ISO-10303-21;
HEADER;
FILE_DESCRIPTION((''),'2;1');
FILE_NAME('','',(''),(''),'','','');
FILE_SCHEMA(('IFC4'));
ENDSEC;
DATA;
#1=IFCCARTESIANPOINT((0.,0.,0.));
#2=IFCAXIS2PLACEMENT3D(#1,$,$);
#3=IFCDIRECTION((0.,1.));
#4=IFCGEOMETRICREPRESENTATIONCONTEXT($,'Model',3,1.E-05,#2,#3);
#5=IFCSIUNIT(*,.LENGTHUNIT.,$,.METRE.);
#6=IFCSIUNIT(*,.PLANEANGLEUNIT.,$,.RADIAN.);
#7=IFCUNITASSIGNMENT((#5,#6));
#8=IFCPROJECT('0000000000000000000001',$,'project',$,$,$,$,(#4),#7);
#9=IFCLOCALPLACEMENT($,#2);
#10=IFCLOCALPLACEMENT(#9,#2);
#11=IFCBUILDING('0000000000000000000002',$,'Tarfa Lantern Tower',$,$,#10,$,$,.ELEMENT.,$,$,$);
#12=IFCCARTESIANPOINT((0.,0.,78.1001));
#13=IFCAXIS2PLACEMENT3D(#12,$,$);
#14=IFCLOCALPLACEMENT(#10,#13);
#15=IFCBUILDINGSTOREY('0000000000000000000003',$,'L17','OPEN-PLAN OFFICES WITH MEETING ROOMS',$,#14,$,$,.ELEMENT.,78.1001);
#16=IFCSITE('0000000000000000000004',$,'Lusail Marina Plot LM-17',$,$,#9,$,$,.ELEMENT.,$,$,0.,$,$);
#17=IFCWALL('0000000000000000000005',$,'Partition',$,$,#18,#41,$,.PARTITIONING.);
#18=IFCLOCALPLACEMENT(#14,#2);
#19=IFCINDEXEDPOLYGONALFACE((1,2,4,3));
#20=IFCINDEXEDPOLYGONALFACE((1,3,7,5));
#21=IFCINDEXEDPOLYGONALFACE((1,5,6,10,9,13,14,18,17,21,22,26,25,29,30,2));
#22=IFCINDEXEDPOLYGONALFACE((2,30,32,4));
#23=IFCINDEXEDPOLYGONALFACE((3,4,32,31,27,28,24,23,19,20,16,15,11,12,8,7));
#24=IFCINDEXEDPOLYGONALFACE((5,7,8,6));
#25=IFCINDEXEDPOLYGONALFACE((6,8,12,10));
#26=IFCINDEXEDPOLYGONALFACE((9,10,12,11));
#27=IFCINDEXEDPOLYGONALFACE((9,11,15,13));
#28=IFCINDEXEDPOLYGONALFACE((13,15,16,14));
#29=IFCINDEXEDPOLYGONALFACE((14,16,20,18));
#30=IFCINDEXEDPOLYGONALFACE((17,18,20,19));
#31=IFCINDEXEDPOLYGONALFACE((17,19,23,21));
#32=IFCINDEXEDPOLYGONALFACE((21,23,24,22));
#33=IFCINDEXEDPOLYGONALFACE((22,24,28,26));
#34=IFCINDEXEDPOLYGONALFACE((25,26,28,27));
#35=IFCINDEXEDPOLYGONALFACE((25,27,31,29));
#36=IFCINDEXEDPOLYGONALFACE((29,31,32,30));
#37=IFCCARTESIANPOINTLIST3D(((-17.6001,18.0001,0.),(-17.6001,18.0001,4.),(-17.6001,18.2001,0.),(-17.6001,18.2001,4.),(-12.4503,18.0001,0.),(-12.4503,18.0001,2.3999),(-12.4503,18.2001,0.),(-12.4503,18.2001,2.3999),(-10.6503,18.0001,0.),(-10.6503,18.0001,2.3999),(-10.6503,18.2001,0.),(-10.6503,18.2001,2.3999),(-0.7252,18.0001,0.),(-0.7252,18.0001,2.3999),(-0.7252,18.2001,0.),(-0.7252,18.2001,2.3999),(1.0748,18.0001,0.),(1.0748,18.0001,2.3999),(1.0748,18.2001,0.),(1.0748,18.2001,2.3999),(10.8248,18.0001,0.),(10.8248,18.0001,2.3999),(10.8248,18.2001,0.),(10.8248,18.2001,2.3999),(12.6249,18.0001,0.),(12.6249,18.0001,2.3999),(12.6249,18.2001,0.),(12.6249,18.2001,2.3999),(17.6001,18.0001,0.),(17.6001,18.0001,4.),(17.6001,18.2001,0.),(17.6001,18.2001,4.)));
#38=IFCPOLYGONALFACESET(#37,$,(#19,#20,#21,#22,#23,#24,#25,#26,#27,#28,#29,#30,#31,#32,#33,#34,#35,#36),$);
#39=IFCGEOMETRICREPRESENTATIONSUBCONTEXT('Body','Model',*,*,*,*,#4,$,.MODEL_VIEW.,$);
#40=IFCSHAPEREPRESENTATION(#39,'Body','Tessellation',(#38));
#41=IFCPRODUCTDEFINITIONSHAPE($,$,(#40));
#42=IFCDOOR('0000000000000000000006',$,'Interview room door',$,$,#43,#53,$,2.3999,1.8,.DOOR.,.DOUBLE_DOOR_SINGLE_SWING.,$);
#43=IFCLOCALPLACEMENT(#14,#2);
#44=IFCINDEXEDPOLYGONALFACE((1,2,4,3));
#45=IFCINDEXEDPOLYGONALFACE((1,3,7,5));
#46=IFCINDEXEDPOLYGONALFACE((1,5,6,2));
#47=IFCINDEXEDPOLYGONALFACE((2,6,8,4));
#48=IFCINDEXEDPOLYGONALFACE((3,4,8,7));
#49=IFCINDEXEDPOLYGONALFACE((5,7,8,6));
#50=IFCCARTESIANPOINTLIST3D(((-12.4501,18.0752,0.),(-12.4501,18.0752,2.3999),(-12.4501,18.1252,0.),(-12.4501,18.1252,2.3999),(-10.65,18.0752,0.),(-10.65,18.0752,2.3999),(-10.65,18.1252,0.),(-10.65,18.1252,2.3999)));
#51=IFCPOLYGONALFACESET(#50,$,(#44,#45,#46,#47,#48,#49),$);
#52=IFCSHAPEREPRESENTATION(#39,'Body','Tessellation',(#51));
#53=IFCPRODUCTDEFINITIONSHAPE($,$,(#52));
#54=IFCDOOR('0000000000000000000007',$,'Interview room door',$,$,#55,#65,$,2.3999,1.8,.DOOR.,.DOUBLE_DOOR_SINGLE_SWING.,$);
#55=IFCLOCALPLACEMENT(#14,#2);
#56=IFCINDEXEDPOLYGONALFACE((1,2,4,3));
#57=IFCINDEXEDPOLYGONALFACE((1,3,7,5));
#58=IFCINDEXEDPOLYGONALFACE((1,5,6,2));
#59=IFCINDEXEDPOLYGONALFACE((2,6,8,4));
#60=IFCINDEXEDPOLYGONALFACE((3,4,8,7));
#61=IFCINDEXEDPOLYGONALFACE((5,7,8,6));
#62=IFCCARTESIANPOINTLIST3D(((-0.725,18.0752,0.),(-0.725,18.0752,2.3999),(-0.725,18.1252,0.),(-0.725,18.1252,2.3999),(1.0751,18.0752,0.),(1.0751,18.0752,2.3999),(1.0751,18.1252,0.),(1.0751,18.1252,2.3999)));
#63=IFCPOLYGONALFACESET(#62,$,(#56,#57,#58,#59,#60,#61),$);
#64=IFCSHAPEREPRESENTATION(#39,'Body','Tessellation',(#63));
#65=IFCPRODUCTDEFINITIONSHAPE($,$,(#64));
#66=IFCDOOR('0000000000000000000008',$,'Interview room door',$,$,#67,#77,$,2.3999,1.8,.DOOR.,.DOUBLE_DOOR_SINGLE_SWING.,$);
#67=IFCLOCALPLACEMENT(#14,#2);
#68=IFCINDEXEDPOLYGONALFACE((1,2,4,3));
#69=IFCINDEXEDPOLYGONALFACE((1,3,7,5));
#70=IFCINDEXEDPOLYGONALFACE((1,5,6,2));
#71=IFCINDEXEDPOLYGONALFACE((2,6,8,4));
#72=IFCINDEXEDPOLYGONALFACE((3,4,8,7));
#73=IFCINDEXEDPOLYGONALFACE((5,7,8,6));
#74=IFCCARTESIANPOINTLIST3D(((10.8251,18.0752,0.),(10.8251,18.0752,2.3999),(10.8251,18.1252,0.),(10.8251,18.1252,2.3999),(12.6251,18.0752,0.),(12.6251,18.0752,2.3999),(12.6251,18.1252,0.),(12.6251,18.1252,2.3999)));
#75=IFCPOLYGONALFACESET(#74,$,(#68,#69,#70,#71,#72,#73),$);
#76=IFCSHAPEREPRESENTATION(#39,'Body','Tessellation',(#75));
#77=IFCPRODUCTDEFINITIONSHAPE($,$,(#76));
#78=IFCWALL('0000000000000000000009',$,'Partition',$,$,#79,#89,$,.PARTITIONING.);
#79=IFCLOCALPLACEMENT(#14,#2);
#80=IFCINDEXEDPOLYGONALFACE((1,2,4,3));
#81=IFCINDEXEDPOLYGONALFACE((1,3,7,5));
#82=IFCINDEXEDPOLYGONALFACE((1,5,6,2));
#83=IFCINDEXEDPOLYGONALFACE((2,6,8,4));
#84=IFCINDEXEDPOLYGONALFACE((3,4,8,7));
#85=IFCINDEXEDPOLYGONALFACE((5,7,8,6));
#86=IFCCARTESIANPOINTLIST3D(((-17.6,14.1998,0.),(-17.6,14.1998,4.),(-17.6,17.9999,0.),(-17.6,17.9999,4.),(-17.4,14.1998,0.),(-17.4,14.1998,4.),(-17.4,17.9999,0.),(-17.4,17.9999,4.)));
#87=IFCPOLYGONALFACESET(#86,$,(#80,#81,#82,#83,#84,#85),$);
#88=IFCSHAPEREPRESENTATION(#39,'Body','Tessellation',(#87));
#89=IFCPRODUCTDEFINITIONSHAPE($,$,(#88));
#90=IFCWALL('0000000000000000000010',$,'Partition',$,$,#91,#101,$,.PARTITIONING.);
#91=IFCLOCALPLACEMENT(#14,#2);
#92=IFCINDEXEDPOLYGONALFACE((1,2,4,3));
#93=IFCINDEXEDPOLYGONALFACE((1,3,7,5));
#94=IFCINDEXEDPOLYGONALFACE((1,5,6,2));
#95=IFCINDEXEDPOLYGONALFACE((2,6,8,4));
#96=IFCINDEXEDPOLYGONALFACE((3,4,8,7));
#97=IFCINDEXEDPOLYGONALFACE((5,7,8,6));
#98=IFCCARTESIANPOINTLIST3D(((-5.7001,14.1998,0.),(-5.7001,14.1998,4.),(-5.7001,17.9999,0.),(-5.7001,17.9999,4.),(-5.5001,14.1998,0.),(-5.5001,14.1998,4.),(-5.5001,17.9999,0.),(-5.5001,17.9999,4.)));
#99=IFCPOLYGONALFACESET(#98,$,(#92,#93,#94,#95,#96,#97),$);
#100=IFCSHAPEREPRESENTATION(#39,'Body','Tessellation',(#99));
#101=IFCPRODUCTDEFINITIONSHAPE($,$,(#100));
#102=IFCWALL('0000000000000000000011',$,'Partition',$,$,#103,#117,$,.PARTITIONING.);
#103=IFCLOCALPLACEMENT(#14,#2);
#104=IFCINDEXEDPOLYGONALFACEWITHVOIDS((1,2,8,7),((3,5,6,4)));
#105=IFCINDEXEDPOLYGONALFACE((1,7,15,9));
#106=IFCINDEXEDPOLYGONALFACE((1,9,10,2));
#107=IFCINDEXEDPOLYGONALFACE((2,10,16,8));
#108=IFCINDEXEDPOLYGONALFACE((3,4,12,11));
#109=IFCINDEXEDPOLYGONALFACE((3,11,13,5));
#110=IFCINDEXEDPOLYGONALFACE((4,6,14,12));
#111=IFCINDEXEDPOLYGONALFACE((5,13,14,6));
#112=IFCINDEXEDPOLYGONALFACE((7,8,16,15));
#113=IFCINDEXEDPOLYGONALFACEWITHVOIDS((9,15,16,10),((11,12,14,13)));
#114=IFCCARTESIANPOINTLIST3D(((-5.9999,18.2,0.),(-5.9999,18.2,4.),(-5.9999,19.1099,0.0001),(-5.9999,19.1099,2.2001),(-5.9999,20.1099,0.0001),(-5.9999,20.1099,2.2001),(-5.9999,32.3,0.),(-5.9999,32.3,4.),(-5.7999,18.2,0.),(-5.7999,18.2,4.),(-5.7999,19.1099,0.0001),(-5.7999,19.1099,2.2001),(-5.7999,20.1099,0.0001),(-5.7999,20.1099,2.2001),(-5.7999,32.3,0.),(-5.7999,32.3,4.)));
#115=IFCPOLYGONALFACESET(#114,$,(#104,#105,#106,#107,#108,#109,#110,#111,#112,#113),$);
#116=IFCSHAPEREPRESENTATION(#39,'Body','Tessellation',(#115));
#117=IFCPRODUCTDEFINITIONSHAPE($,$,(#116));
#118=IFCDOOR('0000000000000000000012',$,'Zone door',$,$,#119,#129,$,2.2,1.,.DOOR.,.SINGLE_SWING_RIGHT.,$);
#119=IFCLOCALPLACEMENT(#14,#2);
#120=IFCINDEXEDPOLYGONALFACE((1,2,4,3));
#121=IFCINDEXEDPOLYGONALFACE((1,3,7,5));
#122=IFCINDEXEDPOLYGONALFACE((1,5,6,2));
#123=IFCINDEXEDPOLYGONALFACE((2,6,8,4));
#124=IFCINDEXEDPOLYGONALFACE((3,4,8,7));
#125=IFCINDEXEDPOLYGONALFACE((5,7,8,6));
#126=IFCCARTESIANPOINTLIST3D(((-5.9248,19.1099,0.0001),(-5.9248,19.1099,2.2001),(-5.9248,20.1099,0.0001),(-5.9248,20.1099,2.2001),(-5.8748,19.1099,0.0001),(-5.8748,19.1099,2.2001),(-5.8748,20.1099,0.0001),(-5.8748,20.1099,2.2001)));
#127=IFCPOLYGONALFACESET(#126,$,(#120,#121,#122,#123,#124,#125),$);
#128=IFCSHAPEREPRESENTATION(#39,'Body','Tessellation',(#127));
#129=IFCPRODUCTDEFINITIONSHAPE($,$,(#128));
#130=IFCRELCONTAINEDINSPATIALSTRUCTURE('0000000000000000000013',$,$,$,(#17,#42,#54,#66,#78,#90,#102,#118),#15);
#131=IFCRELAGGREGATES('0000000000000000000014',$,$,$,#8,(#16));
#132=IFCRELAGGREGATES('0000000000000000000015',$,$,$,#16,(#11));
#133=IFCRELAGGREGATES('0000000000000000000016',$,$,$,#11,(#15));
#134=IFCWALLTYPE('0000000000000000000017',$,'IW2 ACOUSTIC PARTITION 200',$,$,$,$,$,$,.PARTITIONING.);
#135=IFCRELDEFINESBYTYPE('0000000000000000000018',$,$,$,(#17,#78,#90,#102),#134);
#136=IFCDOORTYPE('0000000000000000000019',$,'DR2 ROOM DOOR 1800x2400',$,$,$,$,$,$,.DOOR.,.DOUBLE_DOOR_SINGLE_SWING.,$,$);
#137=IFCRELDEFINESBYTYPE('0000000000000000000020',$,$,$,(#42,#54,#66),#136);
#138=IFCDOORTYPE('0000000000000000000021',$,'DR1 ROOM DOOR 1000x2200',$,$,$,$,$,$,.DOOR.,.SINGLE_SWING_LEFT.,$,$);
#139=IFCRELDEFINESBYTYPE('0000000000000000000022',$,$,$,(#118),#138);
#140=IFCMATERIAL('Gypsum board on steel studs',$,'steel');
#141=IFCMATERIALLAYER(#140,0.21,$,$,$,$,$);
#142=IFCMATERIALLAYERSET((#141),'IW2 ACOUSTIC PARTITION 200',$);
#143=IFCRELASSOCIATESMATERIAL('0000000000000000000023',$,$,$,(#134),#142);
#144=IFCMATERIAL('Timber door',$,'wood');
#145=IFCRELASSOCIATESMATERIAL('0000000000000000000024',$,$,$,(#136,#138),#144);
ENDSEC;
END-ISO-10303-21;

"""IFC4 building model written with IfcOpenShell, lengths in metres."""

from ifc_helpers import new_model, si_unit, direction, frame, frame_2d, origin, place, context, subcontext, project, spatial, rectangle, extrude, material, layer, layer_set, type_object, element, fill, save


model = new_model("IFC4")

# Units and contexts
model_context = context("Model", 3, precision=1e-05, world=origin(), true_north=direction((0.0, 1.0)))
body_context = subcontext(model_context, "Body", "Model", "MODEL_VIEW")
ifc_project = project(units=[si_unit("LENGTHUNIT", "METRE"), si_unit("PLANEANGLEUNIT", "RADIAN")], contexts=[model_context])

# Site, building, storey
site_placement = place(None, origin())
site = spatial("IfcSite", under=ifc_project, at=site_placement, Name="Lusail Marina Plot LM-17", CompositionType="ELEMENT", RefElevation=0.0)
building_placement = place(site_placement, origin())
building = spatial("IfcBuilding", under=site, at=building_placement, Name="Tarfa Lantern Tower", CompositionType="ELEMENT")
storey_placement = place(building_placement, frame((0.0, 0.0, 78.1001)))
storey = spatial("IfcBuildingStorey", under=building, at=storey_placement, Name="L17", Description="OPEN-PLAN OFFICES WITH MEETING ROOMS", CompositionType="ELEMENT", Elevation=78.1001)

# Wall, openings, doors
ifc_material_1 = material(Name="Gypsum board on steel studs", Category="steel")
ifc_layer_1 = layer(ifc_material_1, 0.21)
ifc_layer_set_1 = layer_set([ifc_layer_1], Name="IW2 ACOUSTIC PARTITION 200")
wall_type = type_object("IfcWallType", Name="IW2 ACOUSTIC PARTITION 200", PredefinedType="PARTITIONING", material=ifc_layer_set_1)
wall_1_placement = place(storey_placement, frame((-17.6001, 18.1001, 0.0), z_axis=(0.0, 0.0, 1.0), x_axis=(1.0, 0.0, 0.0)))
wall_1 = element("IfcWall", 1, at=wall_1_placement, inside=storey, type_object=wall_type, Name="Partition", PredefinedType="PARTITIONING", context=body_context, shape_type="SweptSolid", body=[
    extrude(rectangle(XDim=35.2002, YDim=0.2, at=frame_2d((17.6001, 0.0))), origin(), (0.0, 0.0, 1.0), 4.0),
])
opening_1_placement = place(wall_1_placement, frame((5.1499, 0.0, 0.0)))
opening_1 = element("IfcOpeningElement", 2, at=opening_1_placement, cuts=wall_1, PredefinedType="OPENING", context=body_context, shape_type="SweptSolid", body=[
    extrude(rectangle(XDim=1.8, YDim=2.3999, at=frame_2d((0.8999, 1.2))), frame((0.0, 0.1099, 0.0), z_axis=(0.0, -1.0, 0.0), x_axis=(1.0, 0.0, 0.0)), (0.0, 0.0, 1.0), 0.22),
])
opening_2_placement = place(wall_1_placement, frame((16.875, 0.0, 0.0)))
opening_2 = element("IfcOpeningElement", 3, at=opening_2_placement, cuts=wall_1, PredefinedType="OPENING", context=body_context, shape_type="SweptSolid", body=[
    extrude(rectangle(XDim=1.8, YDim=2.3999, at=frame_2d((0.8999, 1.2))), frame((0.0, 0.1099, 0.0), z_axis=(0.0, -1.0, 0.0), x_axis=(1.0, 0.0, 0.0)), (0.0, 0.0, 1.0), 0.22),
])
opening_3_placement = place(wall_1_placement, frame((28.425, 0.0, 0.0)))
opening_3 = element("IfcOpeningElement", 4, at=opening_3_placement, cuts=wall_1, PredefinedType="OPENING", context=body_context, shape_type="SweptSolid", body=[
    extrude(rectangle(XDim=1.8, YDim=2.3999, at=frame_2d((0.8999, 1.2))), frame((0.0, 0.1099, 0.0), z_axis=(0.0, -1.0, 0.0), x_axis=(1.0, 0.0, 0.0)), (0.0, 0.0, 1.0), 0.22),
])
ifc_material_2 = material(Name="Timber door", Category="wood")
door_type_1 = type_object("IfcDoorType", Name="DR2 ROOM DOOR 1800x2400", OperationType="DOUBLE_DOOR_SINGLE_SWING", PredefinedType="DOOR", material=ifc_material_2)
door_1_placement = place(opening_1_placement, frame((1.8, 0.0, 0.0), z_axis=(0.0, 0.0, 1.0), x_axis=(-1.0, 0.0, 0.0)))
door_1 = element("IfcDoor", 5, at=door_1_placement, inside=storey, type_object=door_type_1, Name="Interview room door", OperationType="DOUBLE_DOOR_SINGLE_SWING", OverallHeight=2.3999, OverallWidth=1.8, PredefinedType="DOOR", context=body_context, shape_type="SweptSolid", body=[
    extrude(rectangle(XDim=1.8, YDim=2.3999, at=frame_2d((0.8999, 1.2))), frame((0.0, 0.0249, 0.0), z_axis=(0.0, -1.0, 0.0), x_axis=(1.0, 0.0, 0.0)), (0.0, 0.0, 1.0), 0.05),
])
fill(opening_1, door_1)
door_2_placement = place(opening_2_placement, frame((1.8, 0.0, 0.0), z_axis=(0.0, 0.0, 1.0), x_axis=(-1.0, 0.0, 0.0)))
door_2 = element("IfcDoor", 6, at=door_2_placement, inside=storey, type_object=door_type_1, Name="Interview room door", OperationType="DOUBLE_DOOR_SINGLE_SWING", OverallHeight=2.3999, OverallWidth=1.8, PredefinedType="DOOR", context=body_context, shape_type="SweptSolid", body=[
    extrude(rectangle(XDim=1.8, YDim=2.3999, at=frame_2d((0.8999, 1.2))), frame((0.0, 0.0249, 0.0), z_axis=(0.0, -1.0, 0.0), x_axis=(1.0, 0.0, 0.0)), (0.0, 0.0, 1.0), 0.05),
])
fill(opening_2, door_2)
door_3_placement = place(opening_3_placement, frame((1.8, 0.0, 0.0), z_axis=(0.0, 0.0, 1.0), x_axis=(-1.0, 0.0, 0.0)))
door_3 = element("IfcDoor", 7, at=door_3_placement, inside=storey, type_object=door_type_1, Name="Interview room door", OperationType="DOUBLE_DOOR_SINGLE_SWING", OverallHeight=2.3999, OverallWidth=1.8, PredefinedType="DOOR", context=body_context, shape_type="SweptSolid", body=[
    extrude(rectangle(XDim=1.8, YDim=2.3999, at=frame_2d((0.8999, 1.2))), frame((0.0, 0.0249, 0.0), z_axis=(0.0, -1.0, 0.0), x_axis=(1.0, 0.0, 0.0)), (0.0, 0.0, 1.0), 0.05),
])
fill(opening_3, door_3)

# Walls
for number, where, z_axis, x_axis, name in (
    (8, (-17.5, 14.2, 0.0), (0.0, 0.0, 1.0), (0.0, 1.0, 0.0), "Partition"),
    (9, (-5.6001, 14.2, 0.0), (0.0, 0.0, 1.0), (0.0, 1.0, 0.0), "Partition"),
):
    element("IfcWall", number, at=place(storey_placement, frame(where, z_axis=z_axis, x_axis=x_axis)), inside=storey, type_object=wall_type, Name=name, PredefinedType="PARTITIONING", context=body_context, shape_type="SweptSolid", body=[
        extrude(rectangle(XDim=3.8, YDim=0.2, at=frame_2d((1.8999, 0.0))), origin(), (0.0, 0.0, 1.0), 4.0),
    ])

# Wall, opening, door
wall_2_placement = place(storey_placement, frame((-5.8999, 18.2, 0.0), z_axis=(0.0, 0.0, 1.0), x_axis=(0.0, 1.0, 0.0)))
wall_2 = element("IfcWall", 10, at=wall_2_placement, inside=storey, type_object=wall_type, Name="Partition", PredefinedType="PARTITIONING", context=body_context, shape_type="SweptSolid", body=[
    extrude(rectangle(XDim=14.1001, YDim=0.2, at=frame_2d((7.05, 0.0))), origin(), (0.0, 0.0, 1.0), 4.0),
])
opening_4_placement = place(wall_2_placement, frame((0.9099, 0.0, 0.0)))
opening_4 = element("IfcOpeningElement", 11, at=opening_4_placement, cuts=wall_2, PredefinedType="OPENING", context=body_context, shape_type="SweptSolid", body=[
    extrude(rectangle(XDim=1.0, YDim=2.2, at=frame_2d((0.5, 1.1001))), frame((0.0, 0.1099, 0.0), z_axis=(0.0, -1.0, 0.0), x_axis=(1.0, 0.0, 0.0)), (0.0, 0.0, 1.0), 0.22),
])
door_type_2 = type_object("IfcDoorType", Name="DR1 ROOM DOOR 1000x2200", OperationType="SINGLE_SWING_LEFT", PredefinedType="DOOR", material=ifc_material_2)
door_4_placement = place(opening_4_placement, origin())
door_4 = element("IfcDoor", 12, at=door_4_placement, inside=storey, type_object=door_type_2, Name="Zone door", OperationType="SINGLE_SWING_RIGHT", OverallHeight=2.2, OverallWidth=1.0, PredefinedType="DOOR", context=body_context, shape_type="SweptSolid", body=[
    extrude(rectangle(XDim=1.0, YDim=2.2, at=frame_2d((0.5, 1.1001))), frame((0.0, 0.0249, 0.0), z_axis=(0.0, -1.0, 0.0), x_axis=(1.0, 0.0, 0.0)), (0.0, 0.0, 1.0), 0.05),
])
fill(opening_4, door_4)

save(model, "model.ifc")
